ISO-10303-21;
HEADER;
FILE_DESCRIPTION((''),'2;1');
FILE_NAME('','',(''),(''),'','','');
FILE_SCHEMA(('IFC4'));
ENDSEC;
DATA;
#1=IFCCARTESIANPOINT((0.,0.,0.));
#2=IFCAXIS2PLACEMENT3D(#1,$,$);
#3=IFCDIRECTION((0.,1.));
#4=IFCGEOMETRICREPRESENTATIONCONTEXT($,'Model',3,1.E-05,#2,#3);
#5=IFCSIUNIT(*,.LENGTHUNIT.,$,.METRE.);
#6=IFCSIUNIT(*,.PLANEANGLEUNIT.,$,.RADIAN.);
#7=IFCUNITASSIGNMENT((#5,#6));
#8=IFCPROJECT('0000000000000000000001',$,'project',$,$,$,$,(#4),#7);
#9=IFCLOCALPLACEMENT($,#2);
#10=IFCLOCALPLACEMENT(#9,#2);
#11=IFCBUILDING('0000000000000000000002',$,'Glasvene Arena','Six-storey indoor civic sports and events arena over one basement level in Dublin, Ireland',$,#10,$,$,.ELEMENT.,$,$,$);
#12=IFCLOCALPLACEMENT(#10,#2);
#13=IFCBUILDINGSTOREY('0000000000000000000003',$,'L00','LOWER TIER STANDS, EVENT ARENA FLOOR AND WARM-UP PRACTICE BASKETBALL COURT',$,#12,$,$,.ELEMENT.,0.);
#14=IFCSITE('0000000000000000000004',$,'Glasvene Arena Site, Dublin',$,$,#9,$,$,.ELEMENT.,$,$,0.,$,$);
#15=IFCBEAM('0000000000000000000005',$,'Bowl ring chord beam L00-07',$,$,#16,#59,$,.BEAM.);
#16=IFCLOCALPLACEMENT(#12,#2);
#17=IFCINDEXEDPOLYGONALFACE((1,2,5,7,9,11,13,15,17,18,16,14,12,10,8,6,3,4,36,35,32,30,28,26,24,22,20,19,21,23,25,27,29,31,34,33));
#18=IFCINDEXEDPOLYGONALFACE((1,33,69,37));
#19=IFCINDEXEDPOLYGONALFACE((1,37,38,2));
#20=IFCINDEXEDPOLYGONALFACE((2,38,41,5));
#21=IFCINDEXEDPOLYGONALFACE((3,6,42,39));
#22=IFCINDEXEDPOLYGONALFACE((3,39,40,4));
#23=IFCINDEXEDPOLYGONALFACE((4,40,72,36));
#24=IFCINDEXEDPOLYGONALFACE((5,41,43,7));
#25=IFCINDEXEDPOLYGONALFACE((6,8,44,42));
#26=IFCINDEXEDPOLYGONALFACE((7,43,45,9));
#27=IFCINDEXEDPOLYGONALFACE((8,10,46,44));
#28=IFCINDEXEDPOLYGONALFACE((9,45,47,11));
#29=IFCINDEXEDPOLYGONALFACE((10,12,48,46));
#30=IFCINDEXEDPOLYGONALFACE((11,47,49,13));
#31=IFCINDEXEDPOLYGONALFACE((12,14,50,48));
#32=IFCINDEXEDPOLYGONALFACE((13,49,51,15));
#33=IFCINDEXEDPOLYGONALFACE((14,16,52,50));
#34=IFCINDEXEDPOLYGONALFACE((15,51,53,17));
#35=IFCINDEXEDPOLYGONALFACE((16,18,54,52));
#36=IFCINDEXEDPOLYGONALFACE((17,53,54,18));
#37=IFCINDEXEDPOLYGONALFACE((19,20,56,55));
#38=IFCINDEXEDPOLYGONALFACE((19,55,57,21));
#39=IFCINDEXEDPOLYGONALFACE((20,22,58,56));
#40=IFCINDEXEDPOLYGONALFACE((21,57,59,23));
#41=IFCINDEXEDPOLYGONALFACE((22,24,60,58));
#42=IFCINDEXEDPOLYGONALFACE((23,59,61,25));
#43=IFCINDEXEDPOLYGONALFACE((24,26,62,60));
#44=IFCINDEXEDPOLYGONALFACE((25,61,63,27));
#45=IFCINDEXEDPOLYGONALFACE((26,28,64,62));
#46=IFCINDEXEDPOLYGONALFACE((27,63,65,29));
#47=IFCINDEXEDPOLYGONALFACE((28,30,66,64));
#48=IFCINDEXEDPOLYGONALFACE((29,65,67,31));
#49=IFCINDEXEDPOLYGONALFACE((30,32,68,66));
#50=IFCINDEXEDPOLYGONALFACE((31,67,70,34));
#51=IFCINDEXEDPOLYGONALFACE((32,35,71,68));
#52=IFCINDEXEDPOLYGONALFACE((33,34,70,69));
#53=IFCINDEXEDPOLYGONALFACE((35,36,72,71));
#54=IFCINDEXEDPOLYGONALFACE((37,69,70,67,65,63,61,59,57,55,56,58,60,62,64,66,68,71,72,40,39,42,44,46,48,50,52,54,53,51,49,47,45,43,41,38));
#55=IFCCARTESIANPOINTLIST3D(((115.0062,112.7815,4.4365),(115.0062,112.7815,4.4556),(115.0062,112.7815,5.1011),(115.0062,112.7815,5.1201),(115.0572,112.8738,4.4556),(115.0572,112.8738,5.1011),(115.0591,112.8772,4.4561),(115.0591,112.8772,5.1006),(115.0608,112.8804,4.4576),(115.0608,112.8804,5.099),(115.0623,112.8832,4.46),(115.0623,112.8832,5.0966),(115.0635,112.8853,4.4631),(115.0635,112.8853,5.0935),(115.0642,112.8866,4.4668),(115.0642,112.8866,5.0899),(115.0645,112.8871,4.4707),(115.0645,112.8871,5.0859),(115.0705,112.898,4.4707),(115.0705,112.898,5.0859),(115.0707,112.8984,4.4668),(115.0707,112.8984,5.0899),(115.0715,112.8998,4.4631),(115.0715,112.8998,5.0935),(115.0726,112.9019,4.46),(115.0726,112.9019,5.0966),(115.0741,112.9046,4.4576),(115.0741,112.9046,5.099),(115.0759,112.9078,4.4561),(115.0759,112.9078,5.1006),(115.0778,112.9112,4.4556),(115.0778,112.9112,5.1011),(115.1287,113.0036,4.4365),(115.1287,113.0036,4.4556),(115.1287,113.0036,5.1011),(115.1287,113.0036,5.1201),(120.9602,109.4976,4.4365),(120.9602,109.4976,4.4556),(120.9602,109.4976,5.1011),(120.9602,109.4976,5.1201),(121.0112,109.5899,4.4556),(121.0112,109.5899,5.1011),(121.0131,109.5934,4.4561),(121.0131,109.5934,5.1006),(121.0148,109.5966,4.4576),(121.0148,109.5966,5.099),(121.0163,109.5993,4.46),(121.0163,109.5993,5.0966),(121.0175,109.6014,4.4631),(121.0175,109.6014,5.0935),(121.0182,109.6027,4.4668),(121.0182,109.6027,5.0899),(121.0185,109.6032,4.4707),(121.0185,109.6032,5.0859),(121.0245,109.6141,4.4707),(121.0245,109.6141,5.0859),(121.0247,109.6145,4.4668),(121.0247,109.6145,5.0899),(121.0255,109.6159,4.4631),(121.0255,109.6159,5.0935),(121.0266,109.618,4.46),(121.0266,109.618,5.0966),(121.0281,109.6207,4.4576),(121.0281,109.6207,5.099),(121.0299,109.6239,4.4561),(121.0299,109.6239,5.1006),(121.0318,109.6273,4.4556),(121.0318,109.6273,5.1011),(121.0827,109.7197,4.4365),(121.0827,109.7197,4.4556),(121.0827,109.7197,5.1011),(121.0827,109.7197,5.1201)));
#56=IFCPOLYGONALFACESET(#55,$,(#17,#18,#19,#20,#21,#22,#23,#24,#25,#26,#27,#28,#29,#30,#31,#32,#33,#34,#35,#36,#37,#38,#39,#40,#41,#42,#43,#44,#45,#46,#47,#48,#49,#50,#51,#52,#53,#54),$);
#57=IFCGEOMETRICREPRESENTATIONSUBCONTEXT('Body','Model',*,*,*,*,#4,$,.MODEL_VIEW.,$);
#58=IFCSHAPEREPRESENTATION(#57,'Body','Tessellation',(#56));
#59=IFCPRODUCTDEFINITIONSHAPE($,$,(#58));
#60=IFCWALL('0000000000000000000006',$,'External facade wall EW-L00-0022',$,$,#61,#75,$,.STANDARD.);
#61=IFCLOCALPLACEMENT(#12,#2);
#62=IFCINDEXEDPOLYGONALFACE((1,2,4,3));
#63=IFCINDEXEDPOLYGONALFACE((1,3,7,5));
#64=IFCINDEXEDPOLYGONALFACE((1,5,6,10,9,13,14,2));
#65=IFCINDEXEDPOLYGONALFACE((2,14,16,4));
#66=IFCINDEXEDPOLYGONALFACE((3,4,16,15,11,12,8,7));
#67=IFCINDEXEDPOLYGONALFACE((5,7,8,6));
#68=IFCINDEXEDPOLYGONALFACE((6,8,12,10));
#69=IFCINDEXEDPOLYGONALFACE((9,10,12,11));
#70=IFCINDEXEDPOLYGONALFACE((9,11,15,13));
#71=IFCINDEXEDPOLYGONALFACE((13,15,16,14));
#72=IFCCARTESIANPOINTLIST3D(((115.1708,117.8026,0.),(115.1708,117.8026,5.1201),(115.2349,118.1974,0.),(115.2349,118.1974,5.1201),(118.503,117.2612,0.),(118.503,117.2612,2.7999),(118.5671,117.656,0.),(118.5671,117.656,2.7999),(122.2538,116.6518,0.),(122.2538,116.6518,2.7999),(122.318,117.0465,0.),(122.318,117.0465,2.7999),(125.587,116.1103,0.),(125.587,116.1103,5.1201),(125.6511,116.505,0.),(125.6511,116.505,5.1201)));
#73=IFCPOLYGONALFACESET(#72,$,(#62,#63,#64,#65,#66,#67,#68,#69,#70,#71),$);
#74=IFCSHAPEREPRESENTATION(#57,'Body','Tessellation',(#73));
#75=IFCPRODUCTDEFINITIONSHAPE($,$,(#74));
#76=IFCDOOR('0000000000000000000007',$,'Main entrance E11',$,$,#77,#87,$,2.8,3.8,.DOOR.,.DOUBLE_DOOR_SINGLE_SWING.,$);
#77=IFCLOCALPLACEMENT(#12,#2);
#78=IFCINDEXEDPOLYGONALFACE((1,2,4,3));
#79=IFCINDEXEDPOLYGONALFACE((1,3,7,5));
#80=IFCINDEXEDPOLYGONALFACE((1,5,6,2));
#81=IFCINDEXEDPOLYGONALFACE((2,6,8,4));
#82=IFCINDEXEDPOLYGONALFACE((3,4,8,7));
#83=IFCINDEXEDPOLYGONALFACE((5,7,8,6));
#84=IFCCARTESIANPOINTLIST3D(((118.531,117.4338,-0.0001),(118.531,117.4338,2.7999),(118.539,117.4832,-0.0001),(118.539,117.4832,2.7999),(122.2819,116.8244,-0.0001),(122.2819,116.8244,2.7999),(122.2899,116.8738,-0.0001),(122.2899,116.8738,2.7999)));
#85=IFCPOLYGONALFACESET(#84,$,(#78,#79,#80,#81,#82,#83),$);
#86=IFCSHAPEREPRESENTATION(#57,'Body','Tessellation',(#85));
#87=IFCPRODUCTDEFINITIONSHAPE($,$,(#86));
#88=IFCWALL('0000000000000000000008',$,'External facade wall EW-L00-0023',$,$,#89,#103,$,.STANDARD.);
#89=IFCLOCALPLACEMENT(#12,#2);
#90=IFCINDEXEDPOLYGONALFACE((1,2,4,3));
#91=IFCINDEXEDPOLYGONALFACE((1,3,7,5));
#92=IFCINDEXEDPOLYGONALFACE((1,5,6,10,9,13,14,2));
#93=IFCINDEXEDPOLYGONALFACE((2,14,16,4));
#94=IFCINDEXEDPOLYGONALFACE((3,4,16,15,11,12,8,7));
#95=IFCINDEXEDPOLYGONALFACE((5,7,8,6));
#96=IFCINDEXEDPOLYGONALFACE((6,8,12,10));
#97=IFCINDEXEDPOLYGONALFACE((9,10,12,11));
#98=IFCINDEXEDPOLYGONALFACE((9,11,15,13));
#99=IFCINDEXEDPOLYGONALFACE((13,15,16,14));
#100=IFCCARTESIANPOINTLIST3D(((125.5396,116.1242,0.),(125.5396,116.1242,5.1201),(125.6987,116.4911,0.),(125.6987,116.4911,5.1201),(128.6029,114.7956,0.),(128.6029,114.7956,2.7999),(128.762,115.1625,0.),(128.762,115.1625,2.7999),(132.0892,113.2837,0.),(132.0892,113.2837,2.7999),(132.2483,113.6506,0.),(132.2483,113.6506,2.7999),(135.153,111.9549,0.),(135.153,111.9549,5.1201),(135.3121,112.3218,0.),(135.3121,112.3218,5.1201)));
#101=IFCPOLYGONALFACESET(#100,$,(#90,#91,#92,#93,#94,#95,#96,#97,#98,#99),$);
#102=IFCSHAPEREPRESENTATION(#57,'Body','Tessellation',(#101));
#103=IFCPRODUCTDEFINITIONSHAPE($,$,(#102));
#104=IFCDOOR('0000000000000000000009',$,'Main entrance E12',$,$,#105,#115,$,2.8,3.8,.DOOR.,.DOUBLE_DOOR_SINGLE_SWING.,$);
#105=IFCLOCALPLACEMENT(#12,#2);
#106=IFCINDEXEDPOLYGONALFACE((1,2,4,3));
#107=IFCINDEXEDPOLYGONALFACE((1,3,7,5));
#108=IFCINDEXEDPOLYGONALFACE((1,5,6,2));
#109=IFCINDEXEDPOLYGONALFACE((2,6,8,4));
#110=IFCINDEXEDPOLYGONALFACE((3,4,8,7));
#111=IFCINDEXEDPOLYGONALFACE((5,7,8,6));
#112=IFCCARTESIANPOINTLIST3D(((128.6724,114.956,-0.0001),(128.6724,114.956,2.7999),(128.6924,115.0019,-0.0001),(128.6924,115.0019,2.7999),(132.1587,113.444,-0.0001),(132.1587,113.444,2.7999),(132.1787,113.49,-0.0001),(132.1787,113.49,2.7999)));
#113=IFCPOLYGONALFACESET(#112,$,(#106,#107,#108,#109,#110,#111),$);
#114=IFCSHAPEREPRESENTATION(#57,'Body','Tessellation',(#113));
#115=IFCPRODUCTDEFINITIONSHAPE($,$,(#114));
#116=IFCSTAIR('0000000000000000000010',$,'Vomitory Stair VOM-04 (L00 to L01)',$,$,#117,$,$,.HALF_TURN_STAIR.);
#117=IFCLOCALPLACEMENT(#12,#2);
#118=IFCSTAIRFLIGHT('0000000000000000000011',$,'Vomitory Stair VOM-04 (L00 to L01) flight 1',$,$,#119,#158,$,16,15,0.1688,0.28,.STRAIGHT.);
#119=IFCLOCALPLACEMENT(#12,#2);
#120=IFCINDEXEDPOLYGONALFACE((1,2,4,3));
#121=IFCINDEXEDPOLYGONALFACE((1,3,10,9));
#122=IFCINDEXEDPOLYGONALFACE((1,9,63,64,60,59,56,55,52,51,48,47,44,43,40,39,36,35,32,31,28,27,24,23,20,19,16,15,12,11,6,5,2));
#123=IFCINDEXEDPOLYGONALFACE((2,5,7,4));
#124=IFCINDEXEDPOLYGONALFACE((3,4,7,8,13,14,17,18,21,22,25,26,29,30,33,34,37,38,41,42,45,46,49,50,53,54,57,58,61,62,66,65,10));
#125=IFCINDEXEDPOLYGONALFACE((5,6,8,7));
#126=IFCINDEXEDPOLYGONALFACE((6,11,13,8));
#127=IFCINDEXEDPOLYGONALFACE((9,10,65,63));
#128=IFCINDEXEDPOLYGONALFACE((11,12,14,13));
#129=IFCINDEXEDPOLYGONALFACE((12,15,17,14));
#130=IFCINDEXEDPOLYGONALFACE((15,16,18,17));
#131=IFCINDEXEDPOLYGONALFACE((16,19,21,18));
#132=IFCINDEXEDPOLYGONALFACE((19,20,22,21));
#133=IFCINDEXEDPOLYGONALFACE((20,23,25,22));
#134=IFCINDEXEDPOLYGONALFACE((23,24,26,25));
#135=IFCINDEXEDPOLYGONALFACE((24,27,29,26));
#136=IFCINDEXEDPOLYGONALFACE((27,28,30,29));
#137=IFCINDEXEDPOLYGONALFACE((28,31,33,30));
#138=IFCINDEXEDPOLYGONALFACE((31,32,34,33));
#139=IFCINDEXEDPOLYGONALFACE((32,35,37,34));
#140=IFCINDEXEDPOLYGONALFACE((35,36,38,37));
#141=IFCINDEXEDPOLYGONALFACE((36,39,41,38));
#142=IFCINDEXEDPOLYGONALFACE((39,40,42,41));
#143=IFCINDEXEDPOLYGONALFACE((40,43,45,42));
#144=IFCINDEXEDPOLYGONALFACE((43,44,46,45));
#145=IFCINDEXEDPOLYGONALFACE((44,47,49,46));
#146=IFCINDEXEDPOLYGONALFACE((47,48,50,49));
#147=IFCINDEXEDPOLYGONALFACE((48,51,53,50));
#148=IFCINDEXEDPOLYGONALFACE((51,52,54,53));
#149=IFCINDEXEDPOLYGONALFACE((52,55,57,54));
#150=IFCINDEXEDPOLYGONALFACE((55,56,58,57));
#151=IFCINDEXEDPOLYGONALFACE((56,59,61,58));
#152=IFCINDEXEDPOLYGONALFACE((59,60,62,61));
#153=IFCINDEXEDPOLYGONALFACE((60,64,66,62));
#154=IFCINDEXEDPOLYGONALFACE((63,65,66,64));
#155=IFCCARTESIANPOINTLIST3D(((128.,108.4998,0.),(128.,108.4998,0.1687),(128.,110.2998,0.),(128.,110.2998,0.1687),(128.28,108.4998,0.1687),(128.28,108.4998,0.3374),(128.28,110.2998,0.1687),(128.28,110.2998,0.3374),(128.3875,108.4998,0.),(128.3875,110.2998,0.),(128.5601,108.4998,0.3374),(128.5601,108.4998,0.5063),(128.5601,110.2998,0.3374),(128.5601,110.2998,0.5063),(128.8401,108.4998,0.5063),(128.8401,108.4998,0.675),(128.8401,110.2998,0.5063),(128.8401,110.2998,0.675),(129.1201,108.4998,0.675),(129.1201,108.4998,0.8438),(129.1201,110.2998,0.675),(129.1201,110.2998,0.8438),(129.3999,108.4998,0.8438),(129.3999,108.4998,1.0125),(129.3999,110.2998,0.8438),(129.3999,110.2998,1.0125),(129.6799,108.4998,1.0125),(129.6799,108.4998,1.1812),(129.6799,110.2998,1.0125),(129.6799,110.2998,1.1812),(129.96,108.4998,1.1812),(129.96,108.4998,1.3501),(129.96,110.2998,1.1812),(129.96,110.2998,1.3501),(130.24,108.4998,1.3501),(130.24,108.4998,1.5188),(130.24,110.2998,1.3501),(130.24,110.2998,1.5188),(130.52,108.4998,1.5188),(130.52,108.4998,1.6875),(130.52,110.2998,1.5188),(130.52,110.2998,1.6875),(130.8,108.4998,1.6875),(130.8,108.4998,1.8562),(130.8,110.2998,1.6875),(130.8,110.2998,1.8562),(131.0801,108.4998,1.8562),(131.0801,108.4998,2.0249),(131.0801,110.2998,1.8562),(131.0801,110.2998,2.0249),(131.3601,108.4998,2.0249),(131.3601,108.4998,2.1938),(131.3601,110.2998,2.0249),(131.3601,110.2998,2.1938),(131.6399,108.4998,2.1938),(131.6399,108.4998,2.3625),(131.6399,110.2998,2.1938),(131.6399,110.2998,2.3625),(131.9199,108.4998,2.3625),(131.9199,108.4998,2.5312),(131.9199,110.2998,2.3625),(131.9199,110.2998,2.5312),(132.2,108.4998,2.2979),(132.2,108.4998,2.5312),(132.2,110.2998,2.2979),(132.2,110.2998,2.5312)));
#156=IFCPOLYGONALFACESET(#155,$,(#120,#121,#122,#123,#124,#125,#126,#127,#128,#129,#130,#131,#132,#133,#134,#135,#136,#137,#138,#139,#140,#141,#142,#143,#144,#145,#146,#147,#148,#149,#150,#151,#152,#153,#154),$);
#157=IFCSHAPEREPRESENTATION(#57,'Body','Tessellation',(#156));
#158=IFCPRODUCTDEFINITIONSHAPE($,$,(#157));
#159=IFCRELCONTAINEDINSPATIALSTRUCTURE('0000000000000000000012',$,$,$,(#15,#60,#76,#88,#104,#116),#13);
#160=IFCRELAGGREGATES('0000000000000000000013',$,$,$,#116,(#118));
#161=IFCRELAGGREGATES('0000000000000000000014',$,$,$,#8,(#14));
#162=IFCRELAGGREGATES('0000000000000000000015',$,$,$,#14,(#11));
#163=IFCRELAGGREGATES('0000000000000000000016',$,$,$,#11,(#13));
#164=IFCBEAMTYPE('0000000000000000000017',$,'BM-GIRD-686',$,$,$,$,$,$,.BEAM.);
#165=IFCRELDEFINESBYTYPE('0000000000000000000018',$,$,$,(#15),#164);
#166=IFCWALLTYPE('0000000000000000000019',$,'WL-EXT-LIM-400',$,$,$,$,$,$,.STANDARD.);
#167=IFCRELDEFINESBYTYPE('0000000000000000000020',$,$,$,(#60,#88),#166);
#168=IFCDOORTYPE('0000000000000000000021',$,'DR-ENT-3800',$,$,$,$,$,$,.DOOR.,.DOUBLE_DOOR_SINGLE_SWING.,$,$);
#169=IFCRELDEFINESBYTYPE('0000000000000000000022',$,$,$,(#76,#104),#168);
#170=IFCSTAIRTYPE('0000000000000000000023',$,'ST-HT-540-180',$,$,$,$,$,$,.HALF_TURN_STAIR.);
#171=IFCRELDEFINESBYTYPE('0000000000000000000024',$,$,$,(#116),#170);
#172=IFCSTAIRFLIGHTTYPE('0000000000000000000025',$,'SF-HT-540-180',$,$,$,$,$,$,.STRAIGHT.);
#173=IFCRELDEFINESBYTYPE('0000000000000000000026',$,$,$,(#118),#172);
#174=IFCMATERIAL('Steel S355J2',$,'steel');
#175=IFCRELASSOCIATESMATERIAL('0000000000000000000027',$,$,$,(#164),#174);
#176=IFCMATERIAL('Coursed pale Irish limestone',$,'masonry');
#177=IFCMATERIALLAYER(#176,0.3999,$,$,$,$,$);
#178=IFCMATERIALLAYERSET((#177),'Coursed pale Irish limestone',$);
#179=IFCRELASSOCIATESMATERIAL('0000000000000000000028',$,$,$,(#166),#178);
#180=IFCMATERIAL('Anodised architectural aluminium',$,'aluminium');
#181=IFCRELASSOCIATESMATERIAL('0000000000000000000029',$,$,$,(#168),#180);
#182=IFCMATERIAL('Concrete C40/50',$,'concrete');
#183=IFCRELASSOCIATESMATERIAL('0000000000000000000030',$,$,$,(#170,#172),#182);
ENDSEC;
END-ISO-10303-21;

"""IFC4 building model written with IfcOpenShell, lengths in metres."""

from ifc_helpers import new_model, si_unit, direction, frame, frame_2d, origin, origin_2d, place, context, subcontext, project, spatial, polyline, rectangle, i_section, outline, extrude, material, layer, layer_set, material_profile, profile_set, type_object, element, fill, aggregate, save


model = new_model("IFC4")

# Units and contexts
model_context = context("Model", 3, precision=1e-05, world=origin(), true_north=direction((0.0, 1.0)))
body_context = subcontext(model_context, "Body", "Model", "MODEL_VIEW")
ifc_project = project(units=[si_unit("LENGTHUNIT", "METRE"), si_unit("PLANEANGLEUNIT", "RADIAN")], contexts=[model_context])

# Site, building, storey
site_placement = place(None, origin())
site = spatial("IfcSite", under=ifc_project, at=site_placement, Name="Glasvene Arena Site, Dublin", CompositionType="ELEMENT", RefElevation=0.0)
building_placement = place(site_placement, origin())
building = spatial("IfcBuilding", under=site, at=building_placement, Name="Glasvene Arena", Description="Six-storey indoor civic sports and events arena over one basement level in Dublin, Ireland", CompositionType="ELEMENT")
storey_placement = place(building_placement, origin())
storey = spatial("IfcBuildingStorey", under=building, at=storey_placement, Name="L00", Description="LOWER TIER STANDS, EVENT ARENA FLOOR AND WARM-UP PRACTICE BASKETBALL COURT", CompositionType="ELEMENT", Elevation=0.0)

# Shared definitions
ifc_material_1 = material(Name="Concrete C40/50", Category="concrete")
ifc_material_2 = material(Name="Steel S355J2", Category="steel")

# Beam
ifc_material_profile_1 = material_profile(ifc_material_2, i_section(OverallWidth=0.2537, OverallDepth=0.6836, WebThickness=0.0125, FlangeThickness=0.019, FilletRadius=0.0151, at=origin_2d()), Name="UKB 686x254x140")
ifc_profile_set_1 = profile_set([ifc_material_profile_1], Name="Steel S355J2")
beam_type = type_object("IfcBeamType", Name="BM-GIRD-686", PredefinedType="BEAM", material=ifc_profile_set_1)
beam_placement = place(storey_placement, frame((121.0215, 109.6086, 4.7783), z_axis=(-0.875645, 0.482955, 0.0), x_axis=(-0.482955, -0.875645, 0.0)))
element("IfcBeam", 1, at=beam_placement, inside=storey, type_object=beam_type, Name="Bowl ring chord beam L00-07", PredefinedType="BEAM", context=body_context, shape_type="SweptSolid", body=[
    extrude(i_section(OverallWidth=0.2537, OverallDepth=0.6836, WebThickness=0.0125, FlangeThickness=0.019, FilletRadius=0.0151, at=origin_2d()), origin(), (0.0, 0.0, 1.0), 6.7996),
])

# Walls, openings, doors
ifc_material_3 = material(Name="Coursed pale Irish limestone", Category="masonry")
ifc_layer_1 = layer(ifc_material_3, 0.3999)
ifc_layer_set_1 = layer_set([ifc_layer_1], Name="Coursed pale Irish limestone")
wall_type = type_object("IfcWallType", Name="WL-EXT-LIM-400", PredefinedType="STANDARD", material=ifc_layer_set_1)
wall_1_placement = place(storey_placement, frame((115.2029, 118.0, 0.0), z_axis=(0.0, 0.0, 1.0), x_axis=(0.987057, -0.160372, 0.0)))
wall_1 = element("IfcWall", 2, at=wall_1_placement, inside=storey, type_object=wall_type, Name="External facade wall EW-L00-0022", PredefinedType="STANDARD", context=body_context, shape_type="SweptSolid", body=[
    extrude(rectangle(XDim=10.5527, YDim=0.3999, at=frame_2d((5.2764, 0.0))), origin(), (0.0, 0.0, 1.0), 5.1201),
])
opening_1_placement = place(wall_1_placement, frame((3.376, 0.0, 0.0)))
opening_1 = element("IfcOpeningElement", 3, at=opening_1_placement, cuts=wall_1, PredefinedType="OPENING", context=body_context, shape_type="SweptSolid", body=[
    extrude(rectangle(XDim=3.8, YDim=2.8, at=frame_2d((1.8999, 1.3999))), frame((0.0, 0.21, 0.0), z_axis=(0.0, -1.0, 0.0), x_axis=(1.0, 0.0, 0.0)), (0.0, 0.0, 1.0), 0.4199),
])
ifc_material_4 = material(Name="Anodised architectural aluminium", Category="aluminium")
door_type = type_object("IfcDoorType", Name="DR-ENT-3800", OperationType="DOUBLE_DOOR_SINGLE_SWING", PredefinedType="DOOR", material=ifc_material_4)
door_1_placement = place(opening_1_placement, origin())
door_1 = element("IfcDoor", 4, at=door_1_placement, inside=storey, type_object=door_type, Name="Main entrance E11", OperationType="DOUBLE_DOOR_SINGLE_SWING", OverallHeight=2.8, OverallWidth=3.8, PredefinedType="DOOR", context=body_context, shape_type="SweptSolid", body=[
    extrude(rectangle(XDim=3.8, YDim=2.8, at=frame_2d((1.8999, 1.3999))), frame((0.0, 0.0249, 0.0), z_axis=(0.0, -1.0, 0.0), x_axis=(1.0, 0.0, 0.0)), (0.0, 0.0, 1.0), 0.05),
])
fill(opening_1, door_1)
wall_2_placement = place(storey_placement, frame((125.6191, 116.3076, 0.0), z_axis=(0.0, 0.0, 1.0), x_axis=(0.917436, -0.397883, 0.0)))
wall_2 = element("IfcWall", 5, at=wall_2_placement, inside=storey, type_object=wall_type, Name="External facade wall EW-L00-0023", PredefinedType="STANDARD", context=body_context, shape_type="SweptSolid", body=[
    extrude(rectangle(XDim=10.4785, YDim=0.3999, at=frame_2d((5.2393, 0.0))), origin(), (0.0, 0.0, 1.0), 5.1201),
])
opening_2_placement = place(wall_2_placement, frame((3.3391, 0.0, 0.0)))
opening_2 = element("IfcOpeningElement", 6, at=opening_2_placement, cuts=wall_2, PredefinedType="OPENING", context=body_context, shape_type="SweptSolid", body=[
    extrude(rectangle(XDim=3.8, YDim=2.8, at=frame_2d((1.8999, 1.3999))), frame((0.0, 0.21, 0.0), z_axis=(0.0, -1.0, 0.0), x_axis=(1.0, 0.0, 0.0)), (0.0, 0.0, 1.0), 0.4199),
])
door_2_placement = place(opening_2_placement, origin())
door_2 = element("IfcDoor", 7, at=door_2_placement, inside=storey, type_object=door_type, Name="Main entrance E12", OperationType="DOUBLE_DOOR_SINGLE_SWING", OverallHeight=2.8, OverallWidth=3.8, PredefinedType="DOOR", context=body_context, shape_type="SweptSolid", body=[
    extrude(rectangle(XDim=3.8, YDim=2.8, at=frame_2d((1.8999, 1.3999))), frame((0.0, 0.0249, 0.0), z_axis=(0.0, -1.0, 0.0), x_axis=(1.0, 0.0, 0.0)), (0.0, 0.0, 1.0), 0.05),
])
fill(opening_2, door_2)

# Stair, stair flight
stair_type = type_object("IfcStairType", Name="ST-HT-540-180", PredefinedType="HALF_TURN_STAIR", material=ifc_material_1)
stair_placement = place(storey_placement, origin())
stair = element("IfcStair", 8, at=stair_placement, inside=storey, type_object=stair_type, Name="Vomitory Stair VOM-04 (L00 to L01)", PredefinedType="HALF_TURN_STAIR")
stair_flight_type = type_object("IfcStairFlightType", Name="SF-HT-540-180", PredefinedType="STRAIGHT", material=ifc_material_1)
stair_flight_1_placement = place(storey_placement, frame((128.0, 109.3999, 0.0), z_axis=(0.0, 0.0, 1.0), x_axis=(1.0, 0.0, 0.0)))
stair_flight_1 = element("IfcStairFlight", 9, at=stair_flight_1_placement, type_object=stair_flight_type, Name="Vomitory Stair VOM-04 (L00 to L01) flight 1", NumberOfRisers=16, NumberOfTreads=15, PredefinedType="STRAIGHT", RiserHeight=0.1688, TreadLength=0.28, context=body_context, shape_type="SweptSolid", body=[
    extrude(outline(polyline([(0.0, 0.0), (0.0, 0.1687), (0.28, 0.1687), (0.28, 0.3374), (0.5601, 0.3374), (0.5601, 0.5063), (0.8401, 0.5063), (0.8401, 0.675), (1.1201, 0.675), (1.1201, 0.8438), (1.3999, 0.8438), (1.3999, 1.0125), (1.6799, 1.0125), (1.6799, 1.1812), (1.96, 1.1812), (1.96, 1.3501), (2.24, 1.3501), (2.24, 1.5188), (2.52, 1.5188), (2.52, 1.6875), (2.8, 1.6875), (2.8, 1.8562), (3.0801, 1.8562), (3.0801, 2.0249), (3.3601, 2.0249), (3.3601, 2.1938), (3.6399, 2.1938), (3.6399, 2.3625), (3.9199, 2.3625), (3.9199, 2.5312), (4.2, 2.5312), (4.2, 2.7), (4.2, 2.2979), (0.3875, 0.0), (0.0, 0.0)])), frame((0.0, 0.8999, 0.0), z_axis=(0.0, -1.0, 0.0), x_axis=(1.0, 0.0, 0.0)), (0.0, 0.0, 1.0), 1.8),
])
aggregate(stair, [stair_flight_1])

save(model, "model.ifc")
